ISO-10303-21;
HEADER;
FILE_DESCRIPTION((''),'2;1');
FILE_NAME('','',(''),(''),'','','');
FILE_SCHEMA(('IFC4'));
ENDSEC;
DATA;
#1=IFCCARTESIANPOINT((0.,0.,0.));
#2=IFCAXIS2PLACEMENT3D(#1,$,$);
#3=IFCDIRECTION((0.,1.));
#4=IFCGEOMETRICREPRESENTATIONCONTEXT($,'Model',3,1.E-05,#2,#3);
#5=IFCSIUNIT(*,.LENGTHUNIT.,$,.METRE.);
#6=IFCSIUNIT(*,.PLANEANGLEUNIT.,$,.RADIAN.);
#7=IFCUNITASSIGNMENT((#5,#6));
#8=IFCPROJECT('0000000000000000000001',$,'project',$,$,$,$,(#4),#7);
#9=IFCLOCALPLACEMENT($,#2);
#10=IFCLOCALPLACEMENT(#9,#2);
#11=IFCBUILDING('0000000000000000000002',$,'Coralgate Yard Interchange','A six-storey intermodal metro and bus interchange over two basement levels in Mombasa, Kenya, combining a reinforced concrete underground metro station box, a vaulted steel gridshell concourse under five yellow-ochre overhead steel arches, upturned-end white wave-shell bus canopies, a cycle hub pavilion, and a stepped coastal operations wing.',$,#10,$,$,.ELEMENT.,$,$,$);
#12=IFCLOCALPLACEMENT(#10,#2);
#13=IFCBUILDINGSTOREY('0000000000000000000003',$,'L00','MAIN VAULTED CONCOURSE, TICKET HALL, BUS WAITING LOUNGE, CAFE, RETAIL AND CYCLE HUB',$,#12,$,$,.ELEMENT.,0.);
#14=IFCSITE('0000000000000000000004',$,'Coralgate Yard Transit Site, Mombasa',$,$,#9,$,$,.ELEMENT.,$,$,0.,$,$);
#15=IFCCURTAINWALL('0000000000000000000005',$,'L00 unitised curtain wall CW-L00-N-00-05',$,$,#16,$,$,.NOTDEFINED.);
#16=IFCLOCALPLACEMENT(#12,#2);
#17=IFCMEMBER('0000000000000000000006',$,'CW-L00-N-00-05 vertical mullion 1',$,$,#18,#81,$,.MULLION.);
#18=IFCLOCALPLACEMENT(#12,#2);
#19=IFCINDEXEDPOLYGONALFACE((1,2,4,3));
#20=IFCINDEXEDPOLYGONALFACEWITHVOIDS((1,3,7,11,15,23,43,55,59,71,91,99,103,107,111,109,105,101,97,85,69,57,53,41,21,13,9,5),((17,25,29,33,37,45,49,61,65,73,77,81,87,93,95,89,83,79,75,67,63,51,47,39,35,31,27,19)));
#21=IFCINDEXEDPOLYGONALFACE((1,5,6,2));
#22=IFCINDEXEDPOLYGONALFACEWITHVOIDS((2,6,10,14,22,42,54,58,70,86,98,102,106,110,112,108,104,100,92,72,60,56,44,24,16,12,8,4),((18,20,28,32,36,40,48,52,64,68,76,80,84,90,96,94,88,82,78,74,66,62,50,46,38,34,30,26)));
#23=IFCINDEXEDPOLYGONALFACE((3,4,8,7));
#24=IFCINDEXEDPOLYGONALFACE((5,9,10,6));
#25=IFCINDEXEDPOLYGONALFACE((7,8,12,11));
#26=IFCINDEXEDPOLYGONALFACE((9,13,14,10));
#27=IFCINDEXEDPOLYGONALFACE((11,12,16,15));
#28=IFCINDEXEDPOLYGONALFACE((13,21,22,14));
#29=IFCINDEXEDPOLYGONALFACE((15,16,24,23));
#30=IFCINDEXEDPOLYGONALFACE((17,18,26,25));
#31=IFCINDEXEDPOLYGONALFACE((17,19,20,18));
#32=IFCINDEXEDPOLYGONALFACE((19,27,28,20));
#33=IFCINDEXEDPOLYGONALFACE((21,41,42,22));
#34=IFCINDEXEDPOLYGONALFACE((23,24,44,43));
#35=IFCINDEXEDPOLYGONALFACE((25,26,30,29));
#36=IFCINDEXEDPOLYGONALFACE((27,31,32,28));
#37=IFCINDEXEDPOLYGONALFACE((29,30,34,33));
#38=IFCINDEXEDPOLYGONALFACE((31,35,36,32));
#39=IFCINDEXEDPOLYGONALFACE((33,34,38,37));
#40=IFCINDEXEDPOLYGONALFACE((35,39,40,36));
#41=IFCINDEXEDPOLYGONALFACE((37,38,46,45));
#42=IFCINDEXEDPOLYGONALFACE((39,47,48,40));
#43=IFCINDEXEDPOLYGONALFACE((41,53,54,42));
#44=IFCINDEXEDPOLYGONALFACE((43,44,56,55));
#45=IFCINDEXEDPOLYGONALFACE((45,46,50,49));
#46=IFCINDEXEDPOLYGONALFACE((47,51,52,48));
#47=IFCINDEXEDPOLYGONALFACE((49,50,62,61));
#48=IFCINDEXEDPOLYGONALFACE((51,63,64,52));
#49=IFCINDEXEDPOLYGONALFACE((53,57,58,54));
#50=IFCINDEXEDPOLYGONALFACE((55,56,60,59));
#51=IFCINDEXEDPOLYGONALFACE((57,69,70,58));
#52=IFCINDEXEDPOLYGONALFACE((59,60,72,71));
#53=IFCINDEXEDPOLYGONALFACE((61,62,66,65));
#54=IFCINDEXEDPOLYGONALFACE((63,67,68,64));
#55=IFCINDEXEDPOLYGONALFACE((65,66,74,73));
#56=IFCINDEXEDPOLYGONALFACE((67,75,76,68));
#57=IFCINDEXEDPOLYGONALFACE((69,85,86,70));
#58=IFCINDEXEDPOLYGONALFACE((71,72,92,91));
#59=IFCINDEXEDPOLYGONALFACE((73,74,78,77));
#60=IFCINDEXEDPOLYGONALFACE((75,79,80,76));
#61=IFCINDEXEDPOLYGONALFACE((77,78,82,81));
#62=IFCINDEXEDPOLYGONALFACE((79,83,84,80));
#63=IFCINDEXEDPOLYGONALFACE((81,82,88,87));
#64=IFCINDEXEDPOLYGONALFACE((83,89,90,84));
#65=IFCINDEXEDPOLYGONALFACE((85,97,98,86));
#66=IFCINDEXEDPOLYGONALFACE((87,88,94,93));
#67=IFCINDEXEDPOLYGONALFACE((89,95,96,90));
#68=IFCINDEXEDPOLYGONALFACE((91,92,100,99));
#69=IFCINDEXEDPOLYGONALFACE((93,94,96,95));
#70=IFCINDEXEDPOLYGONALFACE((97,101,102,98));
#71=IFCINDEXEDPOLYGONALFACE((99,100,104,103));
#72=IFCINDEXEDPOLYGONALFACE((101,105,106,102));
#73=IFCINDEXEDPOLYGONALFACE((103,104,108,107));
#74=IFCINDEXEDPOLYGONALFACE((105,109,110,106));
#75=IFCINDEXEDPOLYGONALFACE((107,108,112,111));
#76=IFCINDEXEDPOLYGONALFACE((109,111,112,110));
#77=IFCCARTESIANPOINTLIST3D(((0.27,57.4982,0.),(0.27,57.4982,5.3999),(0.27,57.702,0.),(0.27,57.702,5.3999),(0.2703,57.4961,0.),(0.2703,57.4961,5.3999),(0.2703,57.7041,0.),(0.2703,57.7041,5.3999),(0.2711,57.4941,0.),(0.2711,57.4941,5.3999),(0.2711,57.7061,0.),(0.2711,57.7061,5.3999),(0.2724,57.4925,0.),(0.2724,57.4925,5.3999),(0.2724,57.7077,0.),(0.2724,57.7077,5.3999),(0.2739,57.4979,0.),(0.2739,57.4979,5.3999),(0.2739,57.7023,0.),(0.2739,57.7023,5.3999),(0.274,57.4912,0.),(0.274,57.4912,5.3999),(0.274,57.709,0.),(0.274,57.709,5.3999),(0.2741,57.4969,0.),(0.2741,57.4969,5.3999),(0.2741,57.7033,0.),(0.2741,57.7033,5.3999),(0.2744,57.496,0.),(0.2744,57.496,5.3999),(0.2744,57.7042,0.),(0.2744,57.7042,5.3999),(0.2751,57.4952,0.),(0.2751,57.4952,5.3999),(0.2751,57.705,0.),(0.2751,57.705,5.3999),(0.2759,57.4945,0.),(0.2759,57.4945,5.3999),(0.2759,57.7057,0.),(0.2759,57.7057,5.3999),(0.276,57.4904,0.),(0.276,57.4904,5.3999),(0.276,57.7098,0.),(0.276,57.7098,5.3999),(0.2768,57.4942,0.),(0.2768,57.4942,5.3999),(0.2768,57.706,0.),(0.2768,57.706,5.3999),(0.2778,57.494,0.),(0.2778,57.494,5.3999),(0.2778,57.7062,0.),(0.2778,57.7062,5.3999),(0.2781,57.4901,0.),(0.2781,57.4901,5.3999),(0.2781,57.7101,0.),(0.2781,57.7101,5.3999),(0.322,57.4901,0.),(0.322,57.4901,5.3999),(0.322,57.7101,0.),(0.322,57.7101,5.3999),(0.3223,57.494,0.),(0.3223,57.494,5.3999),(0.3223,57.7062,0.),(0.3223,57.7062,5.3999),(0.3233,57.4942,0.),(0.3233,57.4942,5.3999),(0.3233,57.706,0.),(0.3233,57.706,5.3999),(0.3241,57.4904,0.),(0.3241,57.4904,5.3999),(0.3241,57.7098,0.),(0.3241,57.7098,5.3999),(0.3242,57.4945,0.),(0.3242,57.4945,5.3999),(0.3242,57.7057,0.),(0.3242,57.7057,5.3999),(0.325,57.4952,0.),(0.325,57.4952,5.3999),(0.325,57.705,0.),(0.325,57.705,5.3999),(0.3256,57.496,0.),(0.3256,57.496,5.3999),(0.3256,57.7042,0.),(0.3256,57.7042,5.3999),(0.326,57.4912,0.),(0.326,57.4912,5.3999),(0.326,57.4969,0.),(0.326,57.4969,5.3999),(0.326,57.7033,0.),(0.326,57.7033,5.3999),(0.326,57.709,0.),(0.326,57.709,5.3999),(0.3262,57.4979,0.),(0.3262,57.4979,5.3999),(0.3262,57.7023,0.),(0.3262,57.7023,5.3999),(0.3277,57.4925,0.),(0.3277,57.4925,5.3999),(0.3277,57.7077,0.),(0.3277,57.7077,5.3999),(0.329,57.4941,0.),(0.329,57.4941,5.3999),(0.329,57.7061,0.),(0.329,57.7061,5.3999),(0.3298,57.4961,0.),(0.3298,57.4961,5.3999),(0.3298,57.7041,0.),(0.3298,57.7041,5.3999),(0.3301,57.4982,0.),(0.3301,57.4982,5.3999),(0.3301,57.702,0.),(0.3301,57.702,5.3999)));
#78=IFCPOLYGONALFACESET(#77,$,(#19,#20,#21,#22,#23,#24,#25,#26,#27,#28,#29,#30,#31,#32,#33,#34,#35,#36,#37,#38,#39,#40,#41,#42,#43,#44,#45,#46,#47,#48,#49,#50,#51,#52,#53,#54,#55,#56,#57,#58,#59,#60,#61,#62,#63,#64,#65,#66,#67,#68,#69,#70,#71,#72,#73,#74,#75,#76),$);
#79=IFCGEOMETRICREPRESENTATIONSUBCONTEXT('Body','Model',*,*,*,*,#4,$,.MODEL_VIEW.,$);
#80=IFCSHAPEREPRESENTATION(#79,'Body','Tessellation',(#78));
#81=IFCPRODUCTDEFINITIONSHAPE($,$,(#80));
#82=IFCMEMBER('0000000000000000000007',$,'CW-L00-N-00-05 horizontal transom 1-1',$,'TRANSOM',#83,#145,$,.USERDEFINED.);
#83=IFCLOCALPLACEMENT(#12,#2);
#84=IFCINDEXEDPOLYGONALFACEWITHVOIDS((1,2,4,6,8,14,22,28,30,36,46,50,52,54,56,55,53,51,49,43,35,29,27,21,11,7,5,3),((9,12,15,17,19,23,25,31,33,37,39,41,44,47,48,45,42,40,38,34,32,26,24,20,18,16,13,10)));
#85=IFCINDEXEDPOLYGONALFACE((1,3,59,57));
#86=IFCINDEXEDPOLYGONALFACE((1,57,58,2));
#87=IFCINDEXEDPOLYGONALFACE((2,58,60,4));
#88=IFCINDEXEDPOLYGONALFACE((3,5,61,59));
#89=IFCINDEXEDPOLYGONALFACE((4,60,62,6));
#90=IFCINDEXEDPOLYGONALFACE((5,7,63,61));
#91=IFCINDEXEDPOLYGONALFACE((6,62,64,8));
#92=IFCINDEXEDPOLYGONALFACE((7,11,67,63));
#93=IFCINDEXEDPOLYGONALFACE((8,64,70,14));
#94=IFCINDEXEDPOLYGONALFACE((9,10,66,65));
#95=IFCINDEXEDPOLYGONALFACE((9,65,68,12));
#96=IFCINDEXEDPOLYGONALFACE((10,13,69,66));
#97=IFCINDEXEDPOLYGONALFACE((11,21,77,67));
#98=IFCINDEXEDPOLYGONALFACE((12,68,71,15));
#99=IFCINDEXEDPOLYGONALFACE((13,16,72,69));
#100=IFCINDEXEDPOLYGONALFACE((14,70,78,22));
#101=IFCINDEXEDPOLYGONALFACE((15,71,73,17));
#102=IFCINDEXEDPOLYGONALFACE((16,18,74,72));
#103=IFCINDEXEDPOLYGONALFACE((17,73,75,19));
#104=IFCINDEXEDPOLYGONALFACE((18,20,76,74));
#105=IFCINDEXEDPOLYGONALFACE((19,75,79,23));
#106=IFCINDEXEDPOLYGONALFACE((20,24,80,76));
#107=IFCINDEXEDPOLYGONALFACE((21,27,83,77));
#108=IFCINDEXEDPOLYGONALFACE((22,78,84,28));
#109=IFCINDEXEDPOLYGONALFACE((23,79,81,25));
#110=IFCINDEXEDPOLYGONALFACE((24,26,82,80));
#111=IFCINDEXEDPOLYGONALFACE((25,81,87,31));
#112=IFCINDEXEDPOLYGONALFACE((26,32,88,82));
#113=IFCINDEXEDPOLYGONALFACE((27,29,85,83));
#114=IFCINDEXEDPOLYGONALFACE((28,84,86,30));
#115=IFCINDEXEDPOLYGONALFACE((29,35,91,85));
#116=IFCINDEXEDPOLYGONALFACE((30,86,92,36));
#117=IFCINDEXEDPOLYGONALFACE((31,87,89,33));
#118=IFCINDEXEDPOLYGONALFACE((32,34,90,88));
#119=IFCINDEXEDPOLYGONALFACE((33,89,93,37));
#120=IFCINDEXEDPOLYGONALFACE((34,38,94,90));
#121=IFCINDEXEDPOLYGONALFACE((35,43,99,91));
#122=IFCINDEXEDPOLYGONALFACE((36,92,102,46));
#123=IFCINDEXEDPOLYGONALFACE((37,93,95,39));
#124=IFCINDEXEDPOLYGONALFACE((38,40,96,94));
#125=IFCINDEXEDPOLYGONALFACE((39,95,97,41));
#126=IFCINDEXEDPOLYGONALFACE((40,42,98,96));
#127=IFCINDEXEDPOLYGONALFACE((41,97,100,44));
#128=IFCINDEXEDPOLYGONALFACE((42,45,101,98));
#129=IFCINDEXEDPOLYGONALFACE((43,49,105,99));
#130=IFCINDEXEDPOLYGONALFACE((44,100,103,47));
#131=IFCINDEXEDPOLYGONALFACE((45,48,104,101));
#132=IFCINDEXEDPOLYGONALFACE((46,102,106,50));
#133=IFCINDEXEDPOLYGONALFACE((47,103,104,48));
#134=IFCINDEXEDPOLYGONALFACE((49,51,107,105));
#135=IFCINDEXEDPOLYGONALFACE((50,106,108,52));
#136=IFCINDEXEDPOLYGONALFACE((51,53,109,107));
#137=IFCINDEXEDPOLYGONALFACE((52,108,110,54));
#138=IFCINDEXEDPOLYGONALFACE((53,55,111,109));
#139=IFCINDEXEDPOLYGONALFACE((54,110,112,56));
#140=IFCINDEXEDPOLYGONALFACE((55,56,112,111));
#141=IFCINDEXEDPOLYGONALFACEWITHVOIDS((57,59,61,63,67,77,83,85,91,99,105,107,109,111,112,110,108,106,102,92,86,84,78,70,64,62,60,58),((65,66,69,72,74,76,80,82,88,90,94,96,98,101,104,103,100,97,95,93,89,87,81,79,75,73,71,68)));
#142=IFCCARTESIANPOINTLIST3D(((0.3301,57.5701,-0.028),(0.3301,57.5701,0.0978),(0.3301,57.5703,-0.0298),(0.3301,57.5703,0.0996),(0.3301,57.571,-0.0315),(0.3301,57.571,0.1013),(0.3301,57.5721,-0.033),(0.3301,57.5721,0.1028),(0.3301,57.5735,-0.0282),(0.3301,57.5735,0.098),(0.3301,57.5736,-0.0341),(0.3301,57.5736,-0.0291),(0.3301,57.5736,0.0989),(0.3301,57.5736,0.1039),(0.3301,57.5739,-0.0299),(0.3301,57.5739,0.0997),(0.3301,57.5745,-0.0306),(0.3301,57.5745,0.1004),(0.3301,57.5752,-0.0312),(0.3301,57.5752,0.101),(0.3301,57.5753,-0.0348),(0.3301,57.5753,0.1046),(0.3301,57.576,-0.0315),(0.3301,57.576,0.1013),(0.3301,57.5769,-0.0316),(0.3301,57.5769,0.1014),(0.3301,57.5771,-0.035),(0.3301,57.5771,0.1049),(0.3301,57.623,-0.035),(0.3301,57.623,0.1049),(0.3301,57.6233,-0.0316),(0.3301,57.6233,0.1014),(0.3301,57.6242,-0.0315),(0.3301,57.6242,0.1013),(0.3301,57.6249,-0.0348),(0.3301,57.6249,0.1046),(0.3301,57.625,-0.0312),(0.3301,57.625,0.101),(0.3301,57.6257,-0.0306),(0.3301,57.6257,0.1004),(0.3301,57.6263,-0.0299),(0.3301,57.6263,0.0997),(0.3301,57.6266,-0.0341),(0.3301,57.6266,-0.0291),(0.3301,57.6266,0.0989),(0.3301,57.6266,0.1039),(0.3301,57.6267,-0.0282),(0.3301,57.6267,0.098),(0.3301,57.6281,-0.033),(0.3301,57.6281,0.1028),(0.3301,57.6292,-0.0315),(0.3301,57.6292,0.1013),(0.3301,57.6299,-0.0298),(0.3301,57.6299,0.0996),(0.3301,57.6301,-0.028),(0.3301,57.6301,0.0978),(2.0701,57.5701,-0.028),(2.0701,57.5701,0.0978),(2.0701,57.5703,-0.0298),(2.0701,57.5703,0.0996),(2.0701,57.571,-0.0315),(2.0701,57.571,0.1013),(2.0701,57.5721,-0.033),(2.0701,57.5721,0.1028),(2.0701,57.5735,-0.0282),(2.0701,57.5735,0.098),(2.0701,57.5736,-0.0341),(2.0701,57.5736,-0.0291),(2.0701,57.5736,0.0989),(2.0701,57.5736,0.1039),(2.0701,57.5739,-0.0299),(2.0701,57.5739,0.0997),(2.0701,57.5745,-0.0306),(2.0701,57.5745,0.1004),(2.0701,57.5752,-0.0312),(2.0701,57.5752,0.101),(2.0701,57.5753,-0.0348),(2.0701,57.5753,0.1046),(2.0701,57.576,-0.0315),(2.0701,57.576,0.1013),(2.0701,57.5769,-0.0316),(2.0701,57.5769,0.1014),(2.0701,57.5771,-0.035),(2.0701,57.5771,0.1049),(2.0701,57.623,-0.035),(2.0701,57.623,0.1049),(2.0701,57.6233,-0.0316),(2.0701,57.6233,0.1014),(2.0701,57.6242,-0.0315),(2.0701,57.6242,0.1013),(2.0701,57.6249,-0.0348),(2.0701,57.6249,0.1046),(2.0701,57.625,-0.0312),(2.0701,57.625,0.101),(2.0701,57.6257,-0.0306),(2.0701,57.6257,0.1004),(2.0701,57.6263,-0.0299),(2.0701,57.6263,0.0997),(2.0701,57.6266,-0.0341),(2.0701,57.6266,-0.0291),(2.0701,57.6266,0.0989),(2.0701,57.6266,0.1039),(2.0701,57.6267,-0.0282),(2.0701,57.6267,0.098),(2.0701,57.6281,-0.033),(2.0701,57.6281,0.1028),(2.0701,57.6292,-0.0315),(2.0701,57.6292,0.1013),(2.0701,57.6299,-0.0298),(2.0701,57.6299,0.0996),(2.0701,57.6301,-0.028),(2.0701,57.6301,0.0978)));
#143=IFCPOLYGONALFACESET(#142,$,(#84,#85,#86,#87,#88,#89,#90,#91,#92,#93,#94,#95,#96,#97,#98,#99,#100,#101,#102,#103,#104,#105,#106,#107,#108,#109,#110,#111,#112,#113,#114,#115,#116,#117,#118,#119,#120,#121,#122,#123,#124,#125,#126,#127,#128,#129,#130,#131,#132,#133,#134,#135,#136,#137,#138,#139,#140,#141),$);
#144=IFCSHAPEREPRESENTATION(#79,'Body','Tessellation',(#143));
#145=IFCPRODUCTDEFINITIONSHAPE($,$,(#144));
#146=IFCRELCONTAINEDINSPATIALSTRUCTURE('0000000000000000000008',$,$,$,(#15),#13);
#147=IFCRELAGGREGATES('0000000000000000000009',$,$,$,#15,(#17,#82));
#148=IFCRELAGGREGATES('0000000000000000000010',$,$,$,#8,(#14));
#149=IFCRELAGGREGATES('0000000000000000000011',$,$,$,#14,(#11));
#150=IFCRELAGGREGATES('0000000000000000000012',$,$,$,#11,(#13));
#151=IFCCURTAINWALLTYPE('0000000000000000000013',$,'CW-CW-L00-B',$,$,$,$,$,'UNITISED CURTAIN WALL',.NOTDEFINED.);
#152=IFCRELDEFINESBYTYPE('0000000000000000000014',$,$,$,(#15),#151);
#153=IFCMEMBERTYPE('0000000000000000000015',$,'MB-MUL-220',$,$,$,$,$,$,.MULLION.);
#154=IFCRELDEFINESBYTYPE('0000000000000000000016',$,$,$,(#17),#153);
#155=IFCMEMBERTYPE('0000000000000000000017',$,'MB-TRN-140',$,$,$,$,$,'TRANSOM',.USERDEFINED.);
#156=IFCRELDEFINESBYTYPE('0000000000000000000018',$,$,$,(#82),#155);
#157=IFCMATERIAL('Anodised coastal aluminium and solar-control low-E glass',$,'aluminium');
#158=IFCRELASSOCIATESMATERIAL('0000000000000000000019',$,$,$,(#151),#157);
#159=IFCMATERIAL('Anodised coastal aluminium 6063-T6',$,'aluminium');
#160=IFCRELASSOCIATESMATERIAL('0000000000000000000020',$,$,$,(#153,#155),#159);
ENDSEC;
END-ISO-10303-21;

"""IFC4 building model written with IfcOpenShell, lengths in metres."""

from ifc_helpers import new_model, si_unit, direction, frame, origin, origin_2d, place, context, subcontext, project, spatial, hollow_rectangle, extrude, material, material_profile, profile_set, type_object, element, aggregate, save


model = new_model("IFC4")

# Units and contexts
model_context = context("Model", 3, precision=1e-05, world=origin(), true_north=direction((0.0, 1.0)))
body_context = subcontext(model_context, "Body", "Model", "MODEL_VIEW")
ifc_project = project(units=[si_unit("LENGTHUNIT", "METRE"), si_unit("PLANEANGLEUNIT", "RADIAN")], contexts=[model_context])

# Site, building, storey
site_placement = place(None, origin())
site = spatial("IfcSite", under=ifc_project, at=site_placement, Name="Coralgate Yard Transit Site, Mombasa", CompositionType="ELEMENT", RefElevation=0.0)
building_placement = place(site_placement, origin())
building = spatial("IfcBuilding", under=site, at=building_placement, Name="Coralgate Yard Interchange", Description="A six-storey intermodal metro and bus interchange over two basement levels in Mombasa, Kenya, combining a reinforced concrete underground metro station box, a vaulted steel gridshell concourse under five yellow-ochre overhead steel arches, upturned-end white wave-shell bus canopies, a cycle hub pavilion, and a stepped coastal operations wing.", CompositionType="ELEMENT")
storey_placement = place(building_placement, origin())
storey = spatial("IfcBuildingStorey", under=building, at=storey_placement, Name="L00", Description="MAIN VAULTED CONCOURSE, TICKET HALL, BUS WAITING LOUNGE, CAFE, RETAIL AND CYCLE HUB", CompositionType="ELEMENT", Elevation=0.0)

# Curtain wall, members
ifc_material_1 = material(Name="Anodised coastal aluminium and solar-control low-E glass", Category="aluminium")
curtain_wall_type = type_object("IfcCurtainWallType", Name="CW-CW-L00-B", ElementType="UNITISED CURTAIN WALL", PredefinedType="NOTDEFINED", material=ifc_material_1)
curtain_wall_placement = place(storey_placement, origin())
curtain_wall = element("IfcCurtainWall", 1, at=curtain_wall_placement, inside=storey, type_object=curtain_wall_type, Name="L00 unitised curtain wall CW-L00-N-00-05", PredefinedType="NOTDEFINED")
ifc_material_2 = material(Name="Anodised coastal aluminium 6063-T6", Category="aluminium")
ifc_material_profile_1 = material_profile(ifc_material_2, hollow_rectangle(XDim=0.0601, YDim=0.22, WallThickness=0.0039, InnerFilletRadius=0.0039, OuterFilletRadius=0.0081, at=origin_2d()), Name="ALU 60x220x4")
ifc_profile_set_1 = profile_set([ifc_material_profile_1], Name="Anodised coastal aluminium 6063-T6")
member_type_1 = type_object("IfcMemberType", Name="MB-MUL-220", PredefinedType="MULLION", material=ifc_profile_set_1)
member_1_placement = place(storey_placement, frame((0.3, 57.6001, 0.0), z_axis=(0.0, 0.0, 1.0), x_axis=(1.0, 0.0, 0.0)))
member_1 = element("IfcMember", 2, at=member_1_placement, type_object=member_type_1, Name="CW-L00-N-00-05 vertical mullion 1", PredefinedType="MULLION", context=body_context, shape_type="SweptSolid", body=[
    extrude(hollow_rectangle(XDim=0.0601, YDim=0.22, WallThickness=0.0039, InnerFilletRadius=0.0039, OuterFilletRadius=0.0081, at=origin_2d()), origin(), (0.0, 0.0, 1.0), 5.3999),
])
ifc_material_profile_2 = material_profile(ifc_material_2, hollow_rectangle(XDim=0.0601, YDim=0.1399, WallThickness=0.0034, InnerFilletRadius=0.0034, OuterFilletRadius=0.0071, at=origin_2d()), Name="ALU 60x140x3.5")
ifc_profile_set_2 = profile_set([ifc_material_profile_2], Name="Anodised coastal aluminium 6063-T6")
member_type_2 = type_object("IfcMemberType", Name="MB-TRN-140", ElementType="TRANSOM", PredefinedType="USERDEFINED", material=ifc_profile_set_2)
member_2_placement = place(storey_placement, frame((0.3301, 57.6001, 0.0349), z_axis=(1.0, 0.0, 0.0), x_axis=(0.0, 1.0, 0.0)))
member_2 = element("IfcMember", 3, at=member_2_placement, type_object=member_type_2, Name="CW-L00-N-00-05 horizontal transom 1-1", ObjectType="TRANSOM", PredefinedType="USERDEFINED", context=body_context, shape_type="SweptSolid", body=[
    extrude(hollow_rectangle(XDim=0.0601, YDim=0.1399, WallThickness=0.0034, InnerFilletRadius=0.0034, OuterFilletRadius=0.0071, at=origin_2d()), origin(), (0.0, 0.0, 1.0), 1.74),
])
aggregate(curtain_wall, [member_1, member_2])

save(model, "model.ifc")
